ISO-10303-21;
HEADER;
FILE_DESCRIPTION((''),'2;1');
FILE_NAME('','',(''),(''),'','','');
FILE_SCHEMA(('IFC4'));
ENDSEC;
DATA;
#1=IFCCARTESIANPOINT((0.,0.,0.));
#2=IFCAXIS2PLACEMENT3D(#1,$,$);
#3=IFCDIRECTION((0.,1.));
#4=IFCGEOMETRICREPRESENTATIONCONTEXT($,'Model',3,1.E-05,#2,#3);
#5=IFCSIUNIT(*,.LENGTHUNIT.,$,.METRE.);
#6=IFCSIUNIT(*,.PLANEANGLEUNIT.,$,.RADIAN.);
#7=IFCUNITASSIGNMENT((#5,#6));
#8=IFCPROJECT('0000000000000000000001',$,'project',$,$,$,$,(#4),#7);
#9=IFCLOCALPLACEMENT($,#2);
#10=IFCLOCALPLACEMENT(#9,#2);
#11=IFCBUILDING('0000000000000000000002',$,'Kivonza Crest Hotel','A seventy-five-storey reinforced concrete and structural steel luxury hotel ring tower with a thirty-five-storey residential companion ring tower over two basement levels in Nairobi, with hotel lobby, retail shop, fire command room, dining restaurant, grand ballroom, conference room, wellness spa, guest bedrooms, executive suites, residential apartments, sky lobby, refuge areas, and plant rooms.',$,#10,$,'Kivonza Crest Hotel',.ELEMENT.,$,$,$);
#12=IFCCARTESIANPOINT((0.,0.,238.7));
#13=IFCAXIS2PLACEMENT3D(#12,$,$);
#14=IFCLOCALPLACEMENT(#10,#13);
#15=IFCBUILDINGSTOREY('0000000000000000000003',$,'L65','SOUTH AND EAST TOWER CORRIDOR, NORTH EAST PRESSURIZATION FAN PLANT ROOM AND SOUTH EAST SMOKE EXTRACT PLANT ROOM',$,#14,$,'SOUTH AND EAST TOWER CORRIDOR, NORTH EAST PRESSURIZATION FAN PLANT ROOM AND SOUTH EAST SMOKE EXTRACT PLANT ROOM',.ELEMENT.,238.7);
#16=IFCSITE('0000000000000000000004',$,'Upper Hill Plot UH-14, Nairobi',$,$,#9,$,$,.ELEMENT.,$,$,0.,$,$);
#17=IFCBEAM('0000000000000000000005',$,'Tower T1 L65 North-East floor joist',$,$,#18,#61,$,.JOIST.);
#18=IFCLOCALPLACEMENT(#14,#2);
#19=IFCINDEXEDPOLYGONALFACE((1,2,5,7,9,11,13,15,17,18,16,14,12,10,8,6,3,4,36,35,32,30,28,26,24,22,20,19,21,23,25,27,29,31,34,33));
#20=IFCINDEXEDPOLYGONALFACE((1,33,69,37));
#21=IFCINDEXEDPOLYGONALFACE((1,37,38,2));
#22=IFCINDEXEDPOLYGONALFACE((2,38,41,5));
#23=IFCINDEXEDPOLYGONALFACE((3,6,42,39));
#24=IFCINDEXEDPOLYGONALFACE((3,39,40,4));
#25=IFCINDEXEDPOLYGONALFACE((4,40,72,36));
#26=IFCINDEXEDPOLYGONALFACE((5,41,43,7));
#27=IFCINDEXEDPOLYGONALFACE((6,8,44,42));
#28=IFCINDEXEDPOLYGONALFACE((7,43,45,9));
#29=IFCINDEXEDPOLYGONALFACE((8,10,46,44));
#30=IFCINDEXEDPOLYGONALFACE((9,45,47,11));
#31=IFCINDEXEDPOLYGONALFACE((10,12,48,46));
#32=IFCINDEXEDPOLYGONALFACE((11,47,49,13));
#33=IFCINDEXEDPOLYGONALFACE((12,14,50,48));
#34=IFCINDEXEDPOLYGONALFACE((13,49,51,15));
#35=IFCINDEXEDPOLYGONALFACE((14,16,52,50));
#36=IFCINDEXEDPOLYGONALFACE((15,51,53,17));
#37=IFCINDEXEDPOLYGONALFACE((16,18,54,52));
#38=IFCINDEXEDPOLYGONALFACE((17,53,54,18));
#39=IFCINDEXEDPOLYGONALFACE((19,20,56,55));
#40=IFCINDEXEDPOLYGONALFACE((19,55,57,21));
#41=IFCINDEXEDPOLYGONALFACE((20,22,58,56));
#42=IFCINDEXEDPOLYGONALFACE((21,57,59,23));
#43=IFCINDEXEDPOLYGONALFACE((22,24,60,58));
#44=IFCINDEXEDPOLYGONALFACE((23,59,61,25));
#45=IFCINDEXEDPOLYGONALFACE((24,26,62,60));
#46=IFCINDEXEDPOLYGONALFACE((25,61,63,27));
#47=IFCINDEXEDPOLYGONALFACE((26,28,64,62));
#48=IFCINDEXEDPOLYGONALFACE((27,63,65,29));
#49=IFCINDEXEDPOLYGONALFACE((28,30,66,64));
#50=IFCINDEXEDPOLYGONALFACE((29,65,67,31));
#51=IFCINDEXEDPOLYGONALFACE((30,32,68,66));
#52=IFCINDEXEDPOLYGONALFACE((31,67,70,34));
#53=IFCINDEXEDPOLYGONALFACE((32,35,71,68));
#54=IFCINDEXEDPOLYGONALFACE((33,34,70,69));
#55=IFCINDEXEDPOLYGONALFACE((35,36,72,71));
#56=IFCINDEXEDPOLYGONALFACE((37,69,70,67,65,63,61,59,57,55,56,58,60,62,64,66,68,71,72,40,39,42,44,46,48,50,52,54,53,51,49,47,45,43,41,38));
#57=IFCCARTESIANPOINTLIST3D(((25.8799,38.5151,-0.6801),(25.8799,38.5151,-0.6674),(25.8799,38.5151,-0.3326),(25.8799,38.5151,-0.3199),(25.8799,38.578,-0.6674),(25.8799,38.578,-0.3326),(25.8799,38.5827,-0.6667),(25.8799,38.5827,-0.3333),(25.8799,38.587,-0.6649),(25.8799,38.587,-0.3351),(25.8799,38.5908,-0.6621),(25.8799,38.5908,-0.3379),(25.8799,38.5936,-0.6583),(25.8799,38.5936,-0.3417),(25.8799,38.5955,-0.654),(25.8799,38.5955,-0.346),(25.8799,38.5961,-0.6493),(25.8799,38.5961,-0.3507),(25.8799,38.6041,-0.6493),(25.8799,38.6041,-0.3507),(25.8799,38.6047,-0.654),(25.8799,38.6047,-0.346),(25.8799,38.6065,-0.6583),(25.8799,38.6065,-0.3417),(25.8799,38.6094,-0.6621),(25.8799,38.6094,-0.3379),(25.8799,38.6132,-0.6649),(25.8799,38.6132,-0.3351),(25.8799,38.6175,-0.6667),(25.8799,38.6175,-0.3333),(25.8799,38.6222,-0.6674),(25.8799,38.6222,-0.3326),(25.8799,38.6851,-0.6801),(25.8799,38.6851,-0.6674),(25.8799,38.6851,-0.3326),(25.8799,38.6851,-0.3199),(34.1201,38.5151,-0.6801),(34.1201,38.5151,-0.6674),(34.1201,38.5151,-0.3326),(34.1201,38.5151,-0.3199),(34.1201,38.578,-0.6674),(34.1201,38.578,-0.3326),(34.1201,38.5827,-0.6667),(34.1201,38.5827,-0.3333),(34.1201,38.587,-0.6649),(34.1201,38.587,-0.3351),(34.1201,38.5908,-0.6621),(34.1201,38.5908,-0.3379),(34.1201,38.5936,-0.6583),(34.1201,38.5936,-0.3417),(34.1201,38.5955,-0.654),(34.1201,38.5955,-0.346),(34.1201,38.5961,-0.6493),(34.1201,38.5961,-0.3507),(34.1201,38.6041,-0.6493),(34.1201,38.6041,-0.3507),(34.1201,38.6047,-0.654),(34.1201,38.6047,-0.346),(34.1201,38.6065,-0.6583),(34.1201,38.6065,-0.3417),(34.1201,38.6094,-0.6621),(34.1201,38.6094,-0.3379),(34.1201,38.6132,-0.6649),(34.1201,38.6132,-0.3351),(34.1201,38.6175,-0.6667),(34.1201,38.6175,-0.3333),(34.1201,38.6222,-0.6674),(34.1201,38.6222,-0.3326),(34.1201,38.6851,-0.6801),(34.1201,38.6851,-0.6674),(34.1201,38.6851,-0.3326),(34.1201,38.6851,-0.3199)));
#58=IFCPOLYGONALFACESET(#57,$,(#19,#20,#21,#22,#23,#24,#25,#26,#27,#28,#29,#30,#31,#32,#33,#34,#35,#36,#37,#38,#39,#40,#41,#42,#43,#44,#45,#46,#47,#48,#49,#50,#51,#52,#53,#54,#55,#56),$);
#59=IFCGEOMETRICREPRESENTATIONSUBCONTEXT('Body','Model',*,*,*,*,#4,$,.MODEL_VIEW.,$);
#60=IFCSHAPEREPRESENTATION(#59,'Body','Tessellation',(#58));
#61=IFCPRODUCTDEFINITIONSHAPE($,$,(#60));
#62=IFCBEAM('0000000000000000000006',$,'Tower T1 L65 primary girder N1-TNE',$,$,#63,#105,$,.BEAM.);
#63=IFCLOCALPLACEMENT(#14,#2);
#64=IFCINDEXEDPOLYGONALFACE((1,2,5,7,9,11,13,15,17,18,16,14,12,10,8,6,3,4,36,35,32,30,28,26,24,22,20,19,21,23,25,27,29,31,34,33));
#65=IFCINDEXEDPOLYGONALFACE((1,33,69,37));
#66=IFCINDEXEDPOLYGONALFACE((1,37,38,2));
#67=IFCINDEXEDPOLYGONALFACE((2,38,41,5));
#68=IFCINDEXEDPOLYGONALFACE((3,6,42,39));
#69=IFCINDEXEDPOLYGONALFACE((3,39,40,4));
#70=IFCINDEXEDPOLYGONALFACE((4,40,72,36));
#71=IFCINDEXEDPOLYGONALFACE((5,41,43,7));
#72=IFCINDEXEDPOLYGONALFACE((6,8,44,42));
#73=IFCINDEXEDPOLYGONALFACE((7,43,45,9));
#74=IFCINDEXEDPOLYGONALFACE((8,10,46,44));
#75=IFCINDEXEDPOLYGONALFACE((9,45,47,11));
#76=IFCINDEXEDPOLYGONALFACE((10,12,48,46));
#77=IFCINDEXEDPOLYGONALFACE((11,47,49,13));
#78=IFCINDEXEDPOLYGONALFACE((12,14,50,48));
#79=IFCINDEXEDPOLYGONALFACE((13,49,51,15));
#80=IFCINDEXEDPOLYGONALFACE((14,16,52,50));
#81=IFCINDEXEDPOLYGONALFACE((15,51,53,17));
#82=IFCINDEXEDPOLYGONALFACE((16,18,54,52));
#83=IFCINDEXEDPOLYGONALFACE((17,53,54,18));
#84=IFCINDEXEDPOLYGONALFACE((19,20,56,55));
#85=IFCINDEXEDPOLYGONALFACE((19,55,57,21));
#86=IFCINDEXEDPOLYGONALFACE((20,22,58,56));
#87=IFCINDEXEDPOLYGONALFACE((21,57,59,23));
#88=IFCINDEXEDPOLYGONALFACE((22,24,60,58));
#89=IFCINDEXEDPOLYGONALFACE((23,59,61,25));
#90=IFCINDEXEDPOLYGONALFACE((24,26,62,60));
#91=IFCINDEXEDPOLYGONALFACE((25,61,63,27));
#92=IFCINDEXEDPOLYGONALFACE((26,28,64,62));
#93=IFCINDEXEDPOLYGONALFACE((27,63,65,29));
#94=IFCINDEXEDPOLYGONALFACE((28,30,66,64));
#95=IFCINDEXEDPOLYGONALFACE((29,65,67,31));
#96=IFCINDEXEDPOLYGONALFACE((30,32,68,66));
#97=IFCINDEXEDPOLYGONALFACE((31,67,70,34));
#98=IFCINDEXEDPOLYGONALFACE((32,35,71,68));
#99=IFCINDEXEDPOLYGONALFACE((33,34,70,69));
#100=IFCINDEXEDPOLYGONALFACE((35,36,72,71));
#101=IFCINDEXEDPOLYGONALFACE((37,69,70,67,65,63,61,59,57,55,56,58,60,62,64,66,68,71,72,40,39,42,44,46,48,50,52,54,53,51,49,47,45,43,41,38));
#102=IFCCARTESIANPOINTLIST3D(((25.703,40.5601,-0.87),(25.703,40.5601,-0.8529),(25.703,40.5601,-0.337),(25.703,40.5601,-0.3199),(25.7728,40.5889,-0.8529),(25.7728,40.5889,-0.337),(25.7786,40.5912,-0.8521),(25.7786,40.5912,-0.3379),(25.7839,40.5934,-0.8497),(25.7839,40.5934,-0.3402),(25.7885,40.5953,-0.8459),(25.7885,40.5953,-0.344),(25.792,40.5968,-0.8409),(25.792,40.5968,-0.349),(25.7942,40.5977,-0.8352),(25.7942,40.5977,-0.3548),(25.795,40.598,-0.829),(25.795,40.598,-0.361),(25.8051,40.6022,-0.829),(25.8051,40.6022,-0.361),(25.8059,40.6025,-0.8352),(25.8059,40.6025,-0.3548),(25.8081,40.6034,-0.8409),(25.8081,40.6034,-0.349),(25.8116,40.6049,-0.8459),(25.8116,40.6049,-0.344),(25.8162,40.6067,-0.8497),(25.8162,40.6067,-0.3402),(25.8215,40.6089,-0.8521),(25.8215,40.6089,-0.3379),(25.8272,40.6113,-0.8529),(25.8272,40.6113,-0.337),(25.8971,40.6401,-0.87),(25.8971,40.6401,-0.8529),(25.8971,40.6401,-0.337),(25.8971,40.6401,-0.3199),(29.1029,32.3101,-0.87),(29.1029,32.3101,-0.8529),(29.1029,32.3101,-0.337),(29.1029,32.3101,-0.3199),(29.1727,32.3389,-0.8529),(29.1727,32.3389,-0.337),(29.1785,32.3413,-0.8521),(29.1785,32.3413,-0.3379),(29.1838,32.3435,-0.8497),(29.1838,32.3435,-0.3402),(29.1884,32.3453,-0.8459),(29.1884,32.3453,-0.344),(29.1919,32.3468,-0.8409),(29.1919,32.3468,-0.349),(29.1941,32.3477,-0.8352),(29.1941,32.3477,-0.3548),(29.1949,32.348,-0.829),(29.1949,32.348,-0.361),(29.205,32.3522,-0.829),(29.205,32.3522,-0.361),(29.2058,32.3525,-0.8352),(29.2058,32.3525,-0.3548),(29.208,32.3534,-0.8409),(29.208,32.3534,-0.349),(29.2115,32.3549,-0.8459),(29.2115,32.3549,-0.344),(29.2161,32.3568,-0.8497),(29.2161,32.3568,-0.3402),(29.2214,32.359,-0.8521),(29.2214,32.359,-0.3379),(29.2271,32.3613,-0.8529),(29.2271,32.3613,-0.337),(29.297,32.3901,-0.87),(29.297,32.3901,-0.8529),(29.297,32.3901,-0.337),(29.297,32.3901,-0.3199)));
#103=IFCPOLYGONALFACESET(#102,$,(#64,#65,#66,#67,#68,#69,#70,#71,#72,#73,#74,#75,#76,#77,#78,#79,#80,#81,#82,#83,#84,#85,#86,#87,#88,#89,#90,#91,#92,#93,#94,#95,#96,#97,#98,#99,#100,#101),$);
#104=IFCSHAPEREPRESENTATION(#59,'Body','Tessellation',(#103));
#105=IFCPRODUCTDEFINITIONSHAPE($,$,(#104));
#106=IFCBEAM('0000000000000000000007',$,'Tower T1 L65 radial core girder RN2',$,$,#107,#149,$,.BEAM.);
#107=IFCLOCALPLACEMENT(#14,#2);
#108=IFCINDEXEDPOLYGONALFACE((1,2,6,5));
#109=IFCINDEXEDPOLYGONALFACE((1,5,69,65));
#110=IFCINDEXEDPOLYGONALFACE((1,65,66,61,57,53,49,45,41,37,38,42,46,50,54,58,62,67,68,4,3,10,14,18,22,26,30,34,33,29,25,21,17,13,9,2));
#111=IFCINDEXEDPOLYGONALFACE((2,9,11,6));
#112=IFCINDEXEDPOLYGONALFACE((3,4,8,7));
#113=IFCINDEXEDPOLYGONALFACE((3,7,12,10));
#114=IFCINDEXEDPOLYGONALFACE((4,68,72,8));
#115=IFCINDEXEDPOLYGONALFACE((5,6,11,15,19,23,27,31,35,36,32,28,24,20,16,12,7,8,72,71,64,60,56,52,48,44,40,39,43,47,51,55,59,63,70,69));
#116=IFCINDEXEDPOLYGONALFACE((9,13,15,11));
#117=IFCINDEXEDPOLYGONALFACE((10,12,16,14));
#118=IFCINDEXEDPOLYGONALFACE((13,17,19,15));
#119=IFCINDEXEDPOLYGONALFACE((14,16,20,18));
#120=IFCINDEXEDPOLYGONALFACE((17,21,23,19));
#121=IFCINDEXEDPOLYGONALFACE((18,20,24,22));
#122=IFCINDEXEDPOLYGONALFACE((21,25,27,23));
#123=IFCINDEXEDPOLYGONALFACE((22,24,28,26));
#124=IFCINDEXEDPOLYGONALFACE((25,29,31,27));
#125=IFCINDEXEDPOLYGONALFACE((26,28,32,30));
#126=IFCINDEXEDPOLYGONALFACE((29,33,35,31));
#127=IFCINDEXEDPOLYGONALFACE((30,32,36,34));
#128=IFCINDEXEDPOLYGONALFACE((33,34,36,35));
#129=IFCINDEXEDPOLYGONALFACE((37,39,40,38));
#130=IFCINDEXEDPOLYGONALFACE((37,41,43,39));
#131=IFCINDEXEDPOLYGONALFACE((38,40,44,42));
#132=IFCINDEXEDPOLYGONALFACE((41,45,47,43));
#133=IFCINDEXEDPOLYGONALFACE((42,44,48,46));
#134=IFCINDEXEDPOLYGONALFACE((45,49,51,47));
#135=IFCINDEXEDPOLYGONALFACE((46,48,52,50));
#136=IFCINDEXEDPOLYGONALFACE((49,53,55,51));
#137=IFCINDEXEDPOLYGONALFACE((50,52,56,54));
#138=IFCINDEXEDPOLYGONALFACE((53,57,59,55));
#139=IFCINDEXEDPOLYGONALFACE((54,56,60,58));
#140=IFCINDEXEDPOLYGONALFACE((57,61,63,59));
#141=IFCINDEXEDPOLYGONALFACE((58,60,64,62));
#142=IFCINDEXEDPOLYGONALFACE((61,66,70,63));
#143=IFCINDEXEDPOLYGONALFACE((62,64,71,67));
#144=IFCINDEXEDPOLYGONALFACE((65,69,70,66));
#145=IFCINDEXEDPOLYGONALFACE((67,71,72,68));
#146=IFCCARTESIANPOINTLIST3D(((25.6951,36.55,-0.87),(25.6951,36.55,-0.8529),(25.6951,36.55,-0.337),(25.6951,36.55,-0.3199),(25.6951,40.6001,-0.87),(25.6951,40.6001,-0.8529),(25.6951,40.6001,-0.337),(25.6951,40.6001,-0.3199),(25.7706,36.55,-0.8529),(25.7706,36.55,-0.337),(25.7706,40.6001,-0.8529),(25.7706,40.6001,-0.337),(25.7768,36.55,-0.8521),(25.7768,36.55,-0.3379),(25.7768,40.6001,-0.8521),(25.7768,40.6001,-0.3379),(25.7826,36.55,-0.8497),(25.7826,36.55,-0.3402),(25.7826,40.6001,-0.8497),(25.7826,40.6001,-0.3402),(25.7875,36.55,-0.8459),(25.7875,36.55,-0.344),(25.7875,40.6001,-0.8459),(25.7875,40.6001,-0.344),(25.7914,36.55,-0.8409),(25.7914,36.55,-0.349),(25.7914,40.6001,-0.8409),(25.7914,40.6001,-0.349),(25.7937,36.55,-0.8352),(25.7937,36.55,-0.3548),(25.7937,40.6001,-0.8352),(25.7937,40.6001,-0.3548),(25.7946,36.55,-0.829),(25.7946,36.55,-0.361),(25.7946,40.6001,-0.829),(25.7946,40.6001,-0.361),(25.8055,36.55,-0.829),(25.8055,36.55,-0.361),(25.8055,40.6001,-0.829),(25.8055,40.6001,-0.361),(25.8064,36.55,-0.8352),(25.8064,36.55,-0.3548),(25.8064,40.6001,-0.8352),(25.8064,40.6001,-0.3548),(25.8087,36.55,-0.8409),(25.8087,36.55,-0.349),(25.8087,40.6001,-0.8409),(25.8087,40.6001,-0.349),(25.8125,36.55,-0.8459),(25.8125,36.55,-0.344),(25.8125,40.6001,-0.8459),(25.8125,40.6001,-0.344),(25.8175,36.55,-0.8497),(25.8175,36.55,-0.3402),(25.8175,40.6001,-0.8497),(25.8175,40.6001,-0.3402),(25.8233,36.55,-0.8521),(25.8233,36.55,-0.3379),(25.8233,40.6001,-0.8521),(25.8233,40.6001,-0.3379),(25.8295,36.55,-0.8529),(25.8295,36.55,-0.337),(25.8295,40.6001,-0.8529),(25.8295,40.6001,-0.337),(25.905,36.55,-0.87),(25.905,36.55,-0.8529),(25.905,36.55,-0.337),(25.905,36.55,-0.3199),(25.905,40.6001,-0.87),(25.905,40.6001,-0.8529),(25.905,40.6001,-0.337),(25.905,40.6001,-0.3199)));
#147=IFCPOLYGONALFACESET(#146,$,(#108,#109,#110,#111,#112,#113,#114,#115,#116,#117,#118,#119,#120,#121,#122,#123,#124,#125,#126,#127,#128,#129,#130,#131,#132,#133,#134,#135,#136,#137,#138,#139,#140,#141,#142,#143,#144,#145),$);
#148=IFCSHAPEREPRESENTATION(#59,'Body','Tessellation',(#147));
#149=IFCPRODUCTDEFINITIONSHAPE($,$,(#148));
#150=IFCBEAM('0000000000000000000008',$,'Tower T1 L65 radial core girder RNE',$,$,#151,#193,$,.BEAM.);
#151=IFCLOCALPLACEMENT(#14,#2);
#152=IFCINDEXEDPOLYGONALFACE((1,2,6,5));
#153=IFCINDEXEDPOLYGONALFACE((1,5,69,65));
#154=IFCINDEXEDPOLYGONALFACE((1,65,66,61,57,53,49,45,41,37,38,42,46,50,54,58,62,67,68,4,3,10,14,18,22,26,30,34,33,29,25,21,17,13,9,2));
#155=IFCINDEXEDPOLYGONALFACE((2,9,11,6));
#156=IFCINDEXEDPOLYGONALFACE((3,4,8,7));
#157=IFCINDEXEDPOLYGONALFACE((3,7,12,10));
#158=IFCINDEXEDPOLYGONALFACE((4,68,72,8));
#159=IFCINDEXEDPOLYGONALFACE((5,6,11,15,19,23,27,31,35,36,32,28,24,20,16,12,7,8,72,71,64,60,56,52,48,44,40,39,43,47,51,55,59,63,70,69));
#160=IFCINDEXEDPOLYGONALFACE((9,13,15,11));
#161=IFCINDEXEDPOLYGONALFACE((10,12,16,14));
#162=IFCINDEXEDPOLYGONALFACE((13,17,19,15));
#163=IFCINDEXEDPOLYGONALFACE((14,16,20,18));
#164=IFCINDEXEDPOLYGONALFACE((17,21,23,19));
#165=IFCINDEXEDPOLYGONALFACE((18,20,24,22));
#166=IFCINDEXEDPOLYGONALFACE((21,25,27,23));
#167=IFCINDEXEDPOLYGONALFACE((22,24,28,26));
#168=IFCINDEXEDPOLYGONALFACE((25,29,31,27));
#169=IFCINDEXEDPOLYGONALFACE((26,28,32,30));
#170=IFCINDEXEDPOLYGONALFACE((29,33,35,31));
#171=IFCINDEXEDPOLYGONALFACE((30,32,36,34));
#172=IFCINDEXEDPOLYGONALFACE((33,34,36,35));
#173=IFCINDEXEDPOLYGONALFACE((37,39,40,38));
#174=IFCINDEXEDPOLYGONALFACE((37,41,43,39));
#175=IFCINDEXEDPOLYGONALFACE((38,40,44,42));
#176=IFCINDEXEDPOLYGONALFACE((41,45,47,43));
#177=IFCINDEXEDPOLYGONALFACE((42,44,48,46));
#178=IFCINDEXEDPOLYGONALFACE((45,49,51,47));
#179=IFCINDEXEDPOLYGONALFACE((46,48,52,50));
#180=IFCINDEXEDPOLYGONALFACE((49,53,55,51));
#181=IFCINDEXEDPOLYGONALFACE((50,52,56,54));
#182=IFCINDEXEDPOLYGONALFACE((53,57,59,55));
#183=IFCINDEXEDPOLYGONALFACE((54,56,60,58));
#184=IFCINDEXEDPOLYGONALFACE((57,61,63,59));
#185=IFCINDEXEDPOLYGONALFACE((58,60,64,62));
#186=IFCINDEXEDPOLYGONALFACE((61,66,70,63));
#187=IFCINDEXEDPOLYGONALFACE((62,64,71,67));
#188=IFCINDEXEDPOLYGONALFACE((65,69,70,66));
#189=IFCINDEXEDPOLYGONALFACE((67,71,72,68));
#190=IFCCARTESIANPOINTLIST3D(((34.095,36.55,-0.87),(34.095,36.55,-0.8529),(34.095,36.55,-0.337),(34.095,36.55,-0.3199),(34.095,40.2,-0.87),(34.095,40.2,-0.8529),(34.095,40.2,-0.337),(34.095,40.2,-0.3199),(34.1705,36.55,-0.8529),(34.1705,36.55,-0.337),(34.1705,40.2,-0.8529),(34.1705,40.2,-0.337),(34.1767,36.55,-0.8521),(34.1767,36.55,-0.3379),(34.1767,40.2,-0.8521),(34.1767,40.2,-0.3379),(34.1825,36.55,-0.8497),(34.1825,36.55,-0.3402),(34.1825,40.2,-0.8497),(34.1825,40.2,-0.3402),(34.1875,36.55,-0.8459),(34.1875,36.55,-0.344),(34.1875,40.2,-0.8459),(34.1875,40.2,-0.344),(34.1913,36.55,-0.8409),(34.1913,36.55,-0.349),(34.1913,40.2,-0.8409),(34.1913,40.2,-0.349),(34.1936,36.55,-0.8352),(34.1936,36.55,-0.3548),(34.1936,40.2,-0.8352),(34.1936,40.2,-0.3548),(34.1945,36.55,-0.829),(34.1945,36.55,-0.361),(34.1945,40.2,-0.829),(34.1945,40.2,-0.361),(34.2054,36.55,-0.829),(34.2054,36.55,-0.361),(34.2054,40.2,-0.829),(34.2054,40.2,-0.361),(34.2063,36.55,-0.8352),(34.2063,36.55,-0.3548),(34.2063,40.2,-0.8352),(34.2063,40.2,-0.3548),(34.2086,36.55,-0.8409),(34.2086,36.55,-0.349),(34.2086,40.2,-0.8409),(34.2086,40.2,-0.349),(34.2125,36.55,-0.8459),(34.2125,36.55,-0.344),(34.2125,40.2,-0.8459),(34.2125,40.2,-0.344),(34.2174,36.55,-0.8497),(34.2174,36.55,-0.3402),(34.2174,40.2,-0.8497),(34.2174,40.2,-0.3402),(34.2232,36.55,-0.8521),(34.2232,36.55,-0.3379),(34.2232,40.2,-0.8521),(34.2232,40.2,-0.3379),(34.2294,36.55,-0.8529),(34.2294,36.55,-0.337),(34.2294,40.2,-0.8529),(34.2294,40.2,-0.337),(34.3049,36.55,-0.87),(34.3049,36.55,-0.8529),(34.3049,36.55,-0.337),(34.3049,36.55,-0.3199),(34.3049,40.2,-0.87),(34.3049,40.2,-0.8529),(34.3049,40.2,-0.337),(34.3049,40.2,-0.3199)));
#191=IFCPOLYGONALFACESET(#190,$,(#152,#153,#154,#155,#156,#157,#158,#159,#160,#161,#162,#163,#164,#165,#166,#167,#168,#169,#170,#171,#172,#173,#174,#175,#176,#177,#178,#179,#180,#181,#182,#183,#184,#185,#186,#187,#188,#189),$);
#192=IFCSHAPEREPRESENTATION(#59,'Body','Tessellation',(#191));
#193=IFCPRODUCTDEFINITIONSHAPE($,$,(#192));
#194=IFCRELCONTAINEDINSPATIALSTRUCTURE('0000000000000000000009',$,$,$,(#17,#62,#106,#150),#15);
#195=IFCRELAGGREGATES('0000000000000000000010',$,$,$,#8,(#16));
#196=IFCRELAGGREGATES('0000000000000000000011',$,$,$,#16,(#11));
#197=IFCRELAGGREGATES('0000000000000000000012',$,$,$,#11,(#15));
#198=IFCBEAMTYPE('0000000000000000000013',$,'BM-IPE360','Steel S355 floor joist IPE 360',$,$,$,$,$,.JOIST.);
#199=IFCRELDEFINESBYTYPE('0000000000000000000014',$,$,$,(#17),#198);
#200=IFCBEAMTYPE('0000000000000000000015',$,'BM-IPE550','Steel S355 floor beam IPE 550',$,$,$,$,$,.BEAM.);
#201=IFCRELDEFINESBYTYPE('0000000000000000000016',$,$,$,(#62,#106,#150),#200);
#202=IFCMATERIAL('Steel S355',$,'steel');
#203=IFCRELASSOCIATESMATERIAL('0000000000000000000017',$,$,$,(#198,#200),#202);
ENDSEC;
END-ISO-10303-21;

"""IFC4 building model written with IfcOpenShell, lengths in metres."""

from ifc_helpers import new_model, si_unit, direction, frame, origin, origin_2d, place, context, subcontext, project, spatial, i_section, extrude, material, material_profile, profile_set, type_object, element, save


model = new_model("IFC4")

# Units and contexts
model_context = context("Model", 3, precision=1e-05, world=origin(), true_north=direction((0.0, 1.0)))
body_context = subcontext(model_context, "Body", "Model", "MODEL_VIEW")
ifc_project = project(units=[si_unit("LENGTHUNIT", "METRE"), si_unit("PLANEANGLEUNIT", "RADIAN")], contexts=[model_context])

# Site, building, storey
site_placement = place(None, origin())
site = spatial("IfcSite", under=ifc_project, at=site_placement, Name="Upper Hill Plot UH-14, Nairobi", CompositionType="ELEMENT", RefElevation=0.0)
building_placement = place(site_placement, origin())
building = spatial("IfcBuilding", under=site, at=building_placement, Name="Kivonza Crest Hotel", Description="A seventy-five-storey reinforced concrete and structural steel luxury hotel ring tower with a thirty-five-storey residential companion ring tower over two basement levels in Nairobi, with hotel lobby, retail shop, fire command room, dining restaurant, grand ballroom, conference room, wellness spa, guest bedrooms, executive suites, residential apartments, sky lobby, refuge areas, and plant rooms.", LongName="Kivonza Crest Hotel", CompositionType="ELEMENT")
storey_placement = place(building_placement, frame((0.0, 0.0, 238.7)))
storey = spatial("IfcBuildingStorey", under=building, at=storey_placement, Name="L65", Description="SOUTH AND EAST TOWER CORRIDOR, NORTH EAST PRESSURIZATION FAN PLANT ROOM AND SOUTH EAST SMOKE EXTRACT PLANT ROOM", LongName="SOUTH AND EAST TOWER CORRIDOR, NORTH EAST PRESSURIZATION FAN PLANT ROOM AND SOUTH EAST SMOKE EXTRACT PLANT ROOM", CompositionType="ELEMENT", Elevation=238.7)

# Shared definitions
ifc_material_1 = material(Name="Steel S355", Category="steel")

# Beams
ifc_material_profile_1 = material_profile(ifc_material_1, i_section(OverallWidth=0.1699, OverallDepth=0.3601, WebThickness=0.0081, FlangeThickness=0.0127, FilletRadius=0.0181, at=origin_2d()), Name="IPE 360")
ifc_profile_set_1 = profile_set([ifc_material_profile_1], Name="Steel S355")
beam_type_1 = type_object("IfcBeamType", Name="BM-IPE360", Description="Steel S355 floor joist IPE 360", PredefinedType="JOIST", material=ifc_profile_set_1)
beam_1_placement = place(storey_placement, frame((25.8799, 38.6001, -0.5), z_axis=(1.0, 0.0, 0.0), x_axis=(0.0, 1.0, 0.0)))
element("IfcBeam", 1, at=beam_1_placement, inside=storey, type_object=beam_type_1, Name="Tower T1 L65 North-East floor joist", PredefinedType="JOIST", context=body_context, shape_type="SweptSolid", body=[
    extrude(i_section(OverallWidth=0.1699, OverallDepth=0.3601, WebThickness=0.0081, FlangeThickness=0.0127, FilletRadius=0.0181, at=origin_2d()), origin(), (0.0, 0.0, 1.0), 8.2402),
])
ifc_material_profile_2 = material_profile(ifc_material_1, i_section(OverallWidth=0.21, OverallDepth=0.55, WebThickness=0.011, FlangeThickness=0.0171, FilletRadius=0.0239, at=origin_2d()), Name="IPE 550")
ifc_profile_set_2 = profile_set([ifc_material_profile_2], Name="Steel S355")
beam_type_2 = type_object("IfcBeamType", Name="BM-IPE550", Description="Steel S355 floor beam IPE 550", PredefinedType="BEAM", material=ifc_profile_set_2)
beam_2_placement = place(storey_placement, frame((25.8, 40.6001, -0.595), z_axis=(0.381022, -0.924566, 0.0), x_axis=(0.924566, 0.381022, 0.0)))
element("IfcBeam", 2, at=beam_2_placement, inside=storey, type_object=beam_type_2, Name="Tower T1 L65 primary girder N1-TNE", PredefinedType="BEAM", context=body_context, shape_type="SweptSolid", body=[
    extrude(i_section(OverallWidth=0.21, OverallDepth=0.55, WebThickness=0.011, FlangeThickness=0.0171, FilletRadius=0.0239, at=origin_2d()), origin(), (0.0, 0.0, 1.0), 8.9231),
])
beam_3_placement = place(storey_placement, frame((25.8, 40.6001, -0.595), z_axis=(0.0, -1.0, 0.0), x_axis=(1.0, 0.0, 0.0)))
element("IfcBeam", 3, at=beam_3_placement, inside=storey, type_object=beam_type_2, Name="Tower T1 L65 radial core girder RN2", PredefinedType="BEAM", context=body_context, shape_type="SweptSolid", body=[
    extrude(i_section(OverallWidth=0.21, OverallDepth=0.55, WebThickness=0.011, FlangeThickness=0.0171, FilletRadius=0.0239, at=origin_2d()), origin(), (0.0, 0.0, 1.0), 4.05),
])
beam_4_placement = place(storey_placement, frame((34.2, 40.2, -0.595), z_axis=(0.0, -1.0, 0.0), x_axis=(1.0, 0.0, 0.0)))
element("IfcBeam", 4, at=beam_4_placement, inside=storey, type_object=beam_type_2, Name="Tower T1 L65 radial core girder RNE", PredefinedType="BEAM", context=body_context, shape_type="SweptSolid", body=[
    extrude(i_section(OverallWidth=0.21, OverallDepth=0.55, WebThickness=0.011, FlangeThickness=0.0171, FilletRadius=0.0239, at=origin_2d()), origin(), (0.0, 0.0, 1.0), 3.6499),
])

save(model, "model.ifc")
